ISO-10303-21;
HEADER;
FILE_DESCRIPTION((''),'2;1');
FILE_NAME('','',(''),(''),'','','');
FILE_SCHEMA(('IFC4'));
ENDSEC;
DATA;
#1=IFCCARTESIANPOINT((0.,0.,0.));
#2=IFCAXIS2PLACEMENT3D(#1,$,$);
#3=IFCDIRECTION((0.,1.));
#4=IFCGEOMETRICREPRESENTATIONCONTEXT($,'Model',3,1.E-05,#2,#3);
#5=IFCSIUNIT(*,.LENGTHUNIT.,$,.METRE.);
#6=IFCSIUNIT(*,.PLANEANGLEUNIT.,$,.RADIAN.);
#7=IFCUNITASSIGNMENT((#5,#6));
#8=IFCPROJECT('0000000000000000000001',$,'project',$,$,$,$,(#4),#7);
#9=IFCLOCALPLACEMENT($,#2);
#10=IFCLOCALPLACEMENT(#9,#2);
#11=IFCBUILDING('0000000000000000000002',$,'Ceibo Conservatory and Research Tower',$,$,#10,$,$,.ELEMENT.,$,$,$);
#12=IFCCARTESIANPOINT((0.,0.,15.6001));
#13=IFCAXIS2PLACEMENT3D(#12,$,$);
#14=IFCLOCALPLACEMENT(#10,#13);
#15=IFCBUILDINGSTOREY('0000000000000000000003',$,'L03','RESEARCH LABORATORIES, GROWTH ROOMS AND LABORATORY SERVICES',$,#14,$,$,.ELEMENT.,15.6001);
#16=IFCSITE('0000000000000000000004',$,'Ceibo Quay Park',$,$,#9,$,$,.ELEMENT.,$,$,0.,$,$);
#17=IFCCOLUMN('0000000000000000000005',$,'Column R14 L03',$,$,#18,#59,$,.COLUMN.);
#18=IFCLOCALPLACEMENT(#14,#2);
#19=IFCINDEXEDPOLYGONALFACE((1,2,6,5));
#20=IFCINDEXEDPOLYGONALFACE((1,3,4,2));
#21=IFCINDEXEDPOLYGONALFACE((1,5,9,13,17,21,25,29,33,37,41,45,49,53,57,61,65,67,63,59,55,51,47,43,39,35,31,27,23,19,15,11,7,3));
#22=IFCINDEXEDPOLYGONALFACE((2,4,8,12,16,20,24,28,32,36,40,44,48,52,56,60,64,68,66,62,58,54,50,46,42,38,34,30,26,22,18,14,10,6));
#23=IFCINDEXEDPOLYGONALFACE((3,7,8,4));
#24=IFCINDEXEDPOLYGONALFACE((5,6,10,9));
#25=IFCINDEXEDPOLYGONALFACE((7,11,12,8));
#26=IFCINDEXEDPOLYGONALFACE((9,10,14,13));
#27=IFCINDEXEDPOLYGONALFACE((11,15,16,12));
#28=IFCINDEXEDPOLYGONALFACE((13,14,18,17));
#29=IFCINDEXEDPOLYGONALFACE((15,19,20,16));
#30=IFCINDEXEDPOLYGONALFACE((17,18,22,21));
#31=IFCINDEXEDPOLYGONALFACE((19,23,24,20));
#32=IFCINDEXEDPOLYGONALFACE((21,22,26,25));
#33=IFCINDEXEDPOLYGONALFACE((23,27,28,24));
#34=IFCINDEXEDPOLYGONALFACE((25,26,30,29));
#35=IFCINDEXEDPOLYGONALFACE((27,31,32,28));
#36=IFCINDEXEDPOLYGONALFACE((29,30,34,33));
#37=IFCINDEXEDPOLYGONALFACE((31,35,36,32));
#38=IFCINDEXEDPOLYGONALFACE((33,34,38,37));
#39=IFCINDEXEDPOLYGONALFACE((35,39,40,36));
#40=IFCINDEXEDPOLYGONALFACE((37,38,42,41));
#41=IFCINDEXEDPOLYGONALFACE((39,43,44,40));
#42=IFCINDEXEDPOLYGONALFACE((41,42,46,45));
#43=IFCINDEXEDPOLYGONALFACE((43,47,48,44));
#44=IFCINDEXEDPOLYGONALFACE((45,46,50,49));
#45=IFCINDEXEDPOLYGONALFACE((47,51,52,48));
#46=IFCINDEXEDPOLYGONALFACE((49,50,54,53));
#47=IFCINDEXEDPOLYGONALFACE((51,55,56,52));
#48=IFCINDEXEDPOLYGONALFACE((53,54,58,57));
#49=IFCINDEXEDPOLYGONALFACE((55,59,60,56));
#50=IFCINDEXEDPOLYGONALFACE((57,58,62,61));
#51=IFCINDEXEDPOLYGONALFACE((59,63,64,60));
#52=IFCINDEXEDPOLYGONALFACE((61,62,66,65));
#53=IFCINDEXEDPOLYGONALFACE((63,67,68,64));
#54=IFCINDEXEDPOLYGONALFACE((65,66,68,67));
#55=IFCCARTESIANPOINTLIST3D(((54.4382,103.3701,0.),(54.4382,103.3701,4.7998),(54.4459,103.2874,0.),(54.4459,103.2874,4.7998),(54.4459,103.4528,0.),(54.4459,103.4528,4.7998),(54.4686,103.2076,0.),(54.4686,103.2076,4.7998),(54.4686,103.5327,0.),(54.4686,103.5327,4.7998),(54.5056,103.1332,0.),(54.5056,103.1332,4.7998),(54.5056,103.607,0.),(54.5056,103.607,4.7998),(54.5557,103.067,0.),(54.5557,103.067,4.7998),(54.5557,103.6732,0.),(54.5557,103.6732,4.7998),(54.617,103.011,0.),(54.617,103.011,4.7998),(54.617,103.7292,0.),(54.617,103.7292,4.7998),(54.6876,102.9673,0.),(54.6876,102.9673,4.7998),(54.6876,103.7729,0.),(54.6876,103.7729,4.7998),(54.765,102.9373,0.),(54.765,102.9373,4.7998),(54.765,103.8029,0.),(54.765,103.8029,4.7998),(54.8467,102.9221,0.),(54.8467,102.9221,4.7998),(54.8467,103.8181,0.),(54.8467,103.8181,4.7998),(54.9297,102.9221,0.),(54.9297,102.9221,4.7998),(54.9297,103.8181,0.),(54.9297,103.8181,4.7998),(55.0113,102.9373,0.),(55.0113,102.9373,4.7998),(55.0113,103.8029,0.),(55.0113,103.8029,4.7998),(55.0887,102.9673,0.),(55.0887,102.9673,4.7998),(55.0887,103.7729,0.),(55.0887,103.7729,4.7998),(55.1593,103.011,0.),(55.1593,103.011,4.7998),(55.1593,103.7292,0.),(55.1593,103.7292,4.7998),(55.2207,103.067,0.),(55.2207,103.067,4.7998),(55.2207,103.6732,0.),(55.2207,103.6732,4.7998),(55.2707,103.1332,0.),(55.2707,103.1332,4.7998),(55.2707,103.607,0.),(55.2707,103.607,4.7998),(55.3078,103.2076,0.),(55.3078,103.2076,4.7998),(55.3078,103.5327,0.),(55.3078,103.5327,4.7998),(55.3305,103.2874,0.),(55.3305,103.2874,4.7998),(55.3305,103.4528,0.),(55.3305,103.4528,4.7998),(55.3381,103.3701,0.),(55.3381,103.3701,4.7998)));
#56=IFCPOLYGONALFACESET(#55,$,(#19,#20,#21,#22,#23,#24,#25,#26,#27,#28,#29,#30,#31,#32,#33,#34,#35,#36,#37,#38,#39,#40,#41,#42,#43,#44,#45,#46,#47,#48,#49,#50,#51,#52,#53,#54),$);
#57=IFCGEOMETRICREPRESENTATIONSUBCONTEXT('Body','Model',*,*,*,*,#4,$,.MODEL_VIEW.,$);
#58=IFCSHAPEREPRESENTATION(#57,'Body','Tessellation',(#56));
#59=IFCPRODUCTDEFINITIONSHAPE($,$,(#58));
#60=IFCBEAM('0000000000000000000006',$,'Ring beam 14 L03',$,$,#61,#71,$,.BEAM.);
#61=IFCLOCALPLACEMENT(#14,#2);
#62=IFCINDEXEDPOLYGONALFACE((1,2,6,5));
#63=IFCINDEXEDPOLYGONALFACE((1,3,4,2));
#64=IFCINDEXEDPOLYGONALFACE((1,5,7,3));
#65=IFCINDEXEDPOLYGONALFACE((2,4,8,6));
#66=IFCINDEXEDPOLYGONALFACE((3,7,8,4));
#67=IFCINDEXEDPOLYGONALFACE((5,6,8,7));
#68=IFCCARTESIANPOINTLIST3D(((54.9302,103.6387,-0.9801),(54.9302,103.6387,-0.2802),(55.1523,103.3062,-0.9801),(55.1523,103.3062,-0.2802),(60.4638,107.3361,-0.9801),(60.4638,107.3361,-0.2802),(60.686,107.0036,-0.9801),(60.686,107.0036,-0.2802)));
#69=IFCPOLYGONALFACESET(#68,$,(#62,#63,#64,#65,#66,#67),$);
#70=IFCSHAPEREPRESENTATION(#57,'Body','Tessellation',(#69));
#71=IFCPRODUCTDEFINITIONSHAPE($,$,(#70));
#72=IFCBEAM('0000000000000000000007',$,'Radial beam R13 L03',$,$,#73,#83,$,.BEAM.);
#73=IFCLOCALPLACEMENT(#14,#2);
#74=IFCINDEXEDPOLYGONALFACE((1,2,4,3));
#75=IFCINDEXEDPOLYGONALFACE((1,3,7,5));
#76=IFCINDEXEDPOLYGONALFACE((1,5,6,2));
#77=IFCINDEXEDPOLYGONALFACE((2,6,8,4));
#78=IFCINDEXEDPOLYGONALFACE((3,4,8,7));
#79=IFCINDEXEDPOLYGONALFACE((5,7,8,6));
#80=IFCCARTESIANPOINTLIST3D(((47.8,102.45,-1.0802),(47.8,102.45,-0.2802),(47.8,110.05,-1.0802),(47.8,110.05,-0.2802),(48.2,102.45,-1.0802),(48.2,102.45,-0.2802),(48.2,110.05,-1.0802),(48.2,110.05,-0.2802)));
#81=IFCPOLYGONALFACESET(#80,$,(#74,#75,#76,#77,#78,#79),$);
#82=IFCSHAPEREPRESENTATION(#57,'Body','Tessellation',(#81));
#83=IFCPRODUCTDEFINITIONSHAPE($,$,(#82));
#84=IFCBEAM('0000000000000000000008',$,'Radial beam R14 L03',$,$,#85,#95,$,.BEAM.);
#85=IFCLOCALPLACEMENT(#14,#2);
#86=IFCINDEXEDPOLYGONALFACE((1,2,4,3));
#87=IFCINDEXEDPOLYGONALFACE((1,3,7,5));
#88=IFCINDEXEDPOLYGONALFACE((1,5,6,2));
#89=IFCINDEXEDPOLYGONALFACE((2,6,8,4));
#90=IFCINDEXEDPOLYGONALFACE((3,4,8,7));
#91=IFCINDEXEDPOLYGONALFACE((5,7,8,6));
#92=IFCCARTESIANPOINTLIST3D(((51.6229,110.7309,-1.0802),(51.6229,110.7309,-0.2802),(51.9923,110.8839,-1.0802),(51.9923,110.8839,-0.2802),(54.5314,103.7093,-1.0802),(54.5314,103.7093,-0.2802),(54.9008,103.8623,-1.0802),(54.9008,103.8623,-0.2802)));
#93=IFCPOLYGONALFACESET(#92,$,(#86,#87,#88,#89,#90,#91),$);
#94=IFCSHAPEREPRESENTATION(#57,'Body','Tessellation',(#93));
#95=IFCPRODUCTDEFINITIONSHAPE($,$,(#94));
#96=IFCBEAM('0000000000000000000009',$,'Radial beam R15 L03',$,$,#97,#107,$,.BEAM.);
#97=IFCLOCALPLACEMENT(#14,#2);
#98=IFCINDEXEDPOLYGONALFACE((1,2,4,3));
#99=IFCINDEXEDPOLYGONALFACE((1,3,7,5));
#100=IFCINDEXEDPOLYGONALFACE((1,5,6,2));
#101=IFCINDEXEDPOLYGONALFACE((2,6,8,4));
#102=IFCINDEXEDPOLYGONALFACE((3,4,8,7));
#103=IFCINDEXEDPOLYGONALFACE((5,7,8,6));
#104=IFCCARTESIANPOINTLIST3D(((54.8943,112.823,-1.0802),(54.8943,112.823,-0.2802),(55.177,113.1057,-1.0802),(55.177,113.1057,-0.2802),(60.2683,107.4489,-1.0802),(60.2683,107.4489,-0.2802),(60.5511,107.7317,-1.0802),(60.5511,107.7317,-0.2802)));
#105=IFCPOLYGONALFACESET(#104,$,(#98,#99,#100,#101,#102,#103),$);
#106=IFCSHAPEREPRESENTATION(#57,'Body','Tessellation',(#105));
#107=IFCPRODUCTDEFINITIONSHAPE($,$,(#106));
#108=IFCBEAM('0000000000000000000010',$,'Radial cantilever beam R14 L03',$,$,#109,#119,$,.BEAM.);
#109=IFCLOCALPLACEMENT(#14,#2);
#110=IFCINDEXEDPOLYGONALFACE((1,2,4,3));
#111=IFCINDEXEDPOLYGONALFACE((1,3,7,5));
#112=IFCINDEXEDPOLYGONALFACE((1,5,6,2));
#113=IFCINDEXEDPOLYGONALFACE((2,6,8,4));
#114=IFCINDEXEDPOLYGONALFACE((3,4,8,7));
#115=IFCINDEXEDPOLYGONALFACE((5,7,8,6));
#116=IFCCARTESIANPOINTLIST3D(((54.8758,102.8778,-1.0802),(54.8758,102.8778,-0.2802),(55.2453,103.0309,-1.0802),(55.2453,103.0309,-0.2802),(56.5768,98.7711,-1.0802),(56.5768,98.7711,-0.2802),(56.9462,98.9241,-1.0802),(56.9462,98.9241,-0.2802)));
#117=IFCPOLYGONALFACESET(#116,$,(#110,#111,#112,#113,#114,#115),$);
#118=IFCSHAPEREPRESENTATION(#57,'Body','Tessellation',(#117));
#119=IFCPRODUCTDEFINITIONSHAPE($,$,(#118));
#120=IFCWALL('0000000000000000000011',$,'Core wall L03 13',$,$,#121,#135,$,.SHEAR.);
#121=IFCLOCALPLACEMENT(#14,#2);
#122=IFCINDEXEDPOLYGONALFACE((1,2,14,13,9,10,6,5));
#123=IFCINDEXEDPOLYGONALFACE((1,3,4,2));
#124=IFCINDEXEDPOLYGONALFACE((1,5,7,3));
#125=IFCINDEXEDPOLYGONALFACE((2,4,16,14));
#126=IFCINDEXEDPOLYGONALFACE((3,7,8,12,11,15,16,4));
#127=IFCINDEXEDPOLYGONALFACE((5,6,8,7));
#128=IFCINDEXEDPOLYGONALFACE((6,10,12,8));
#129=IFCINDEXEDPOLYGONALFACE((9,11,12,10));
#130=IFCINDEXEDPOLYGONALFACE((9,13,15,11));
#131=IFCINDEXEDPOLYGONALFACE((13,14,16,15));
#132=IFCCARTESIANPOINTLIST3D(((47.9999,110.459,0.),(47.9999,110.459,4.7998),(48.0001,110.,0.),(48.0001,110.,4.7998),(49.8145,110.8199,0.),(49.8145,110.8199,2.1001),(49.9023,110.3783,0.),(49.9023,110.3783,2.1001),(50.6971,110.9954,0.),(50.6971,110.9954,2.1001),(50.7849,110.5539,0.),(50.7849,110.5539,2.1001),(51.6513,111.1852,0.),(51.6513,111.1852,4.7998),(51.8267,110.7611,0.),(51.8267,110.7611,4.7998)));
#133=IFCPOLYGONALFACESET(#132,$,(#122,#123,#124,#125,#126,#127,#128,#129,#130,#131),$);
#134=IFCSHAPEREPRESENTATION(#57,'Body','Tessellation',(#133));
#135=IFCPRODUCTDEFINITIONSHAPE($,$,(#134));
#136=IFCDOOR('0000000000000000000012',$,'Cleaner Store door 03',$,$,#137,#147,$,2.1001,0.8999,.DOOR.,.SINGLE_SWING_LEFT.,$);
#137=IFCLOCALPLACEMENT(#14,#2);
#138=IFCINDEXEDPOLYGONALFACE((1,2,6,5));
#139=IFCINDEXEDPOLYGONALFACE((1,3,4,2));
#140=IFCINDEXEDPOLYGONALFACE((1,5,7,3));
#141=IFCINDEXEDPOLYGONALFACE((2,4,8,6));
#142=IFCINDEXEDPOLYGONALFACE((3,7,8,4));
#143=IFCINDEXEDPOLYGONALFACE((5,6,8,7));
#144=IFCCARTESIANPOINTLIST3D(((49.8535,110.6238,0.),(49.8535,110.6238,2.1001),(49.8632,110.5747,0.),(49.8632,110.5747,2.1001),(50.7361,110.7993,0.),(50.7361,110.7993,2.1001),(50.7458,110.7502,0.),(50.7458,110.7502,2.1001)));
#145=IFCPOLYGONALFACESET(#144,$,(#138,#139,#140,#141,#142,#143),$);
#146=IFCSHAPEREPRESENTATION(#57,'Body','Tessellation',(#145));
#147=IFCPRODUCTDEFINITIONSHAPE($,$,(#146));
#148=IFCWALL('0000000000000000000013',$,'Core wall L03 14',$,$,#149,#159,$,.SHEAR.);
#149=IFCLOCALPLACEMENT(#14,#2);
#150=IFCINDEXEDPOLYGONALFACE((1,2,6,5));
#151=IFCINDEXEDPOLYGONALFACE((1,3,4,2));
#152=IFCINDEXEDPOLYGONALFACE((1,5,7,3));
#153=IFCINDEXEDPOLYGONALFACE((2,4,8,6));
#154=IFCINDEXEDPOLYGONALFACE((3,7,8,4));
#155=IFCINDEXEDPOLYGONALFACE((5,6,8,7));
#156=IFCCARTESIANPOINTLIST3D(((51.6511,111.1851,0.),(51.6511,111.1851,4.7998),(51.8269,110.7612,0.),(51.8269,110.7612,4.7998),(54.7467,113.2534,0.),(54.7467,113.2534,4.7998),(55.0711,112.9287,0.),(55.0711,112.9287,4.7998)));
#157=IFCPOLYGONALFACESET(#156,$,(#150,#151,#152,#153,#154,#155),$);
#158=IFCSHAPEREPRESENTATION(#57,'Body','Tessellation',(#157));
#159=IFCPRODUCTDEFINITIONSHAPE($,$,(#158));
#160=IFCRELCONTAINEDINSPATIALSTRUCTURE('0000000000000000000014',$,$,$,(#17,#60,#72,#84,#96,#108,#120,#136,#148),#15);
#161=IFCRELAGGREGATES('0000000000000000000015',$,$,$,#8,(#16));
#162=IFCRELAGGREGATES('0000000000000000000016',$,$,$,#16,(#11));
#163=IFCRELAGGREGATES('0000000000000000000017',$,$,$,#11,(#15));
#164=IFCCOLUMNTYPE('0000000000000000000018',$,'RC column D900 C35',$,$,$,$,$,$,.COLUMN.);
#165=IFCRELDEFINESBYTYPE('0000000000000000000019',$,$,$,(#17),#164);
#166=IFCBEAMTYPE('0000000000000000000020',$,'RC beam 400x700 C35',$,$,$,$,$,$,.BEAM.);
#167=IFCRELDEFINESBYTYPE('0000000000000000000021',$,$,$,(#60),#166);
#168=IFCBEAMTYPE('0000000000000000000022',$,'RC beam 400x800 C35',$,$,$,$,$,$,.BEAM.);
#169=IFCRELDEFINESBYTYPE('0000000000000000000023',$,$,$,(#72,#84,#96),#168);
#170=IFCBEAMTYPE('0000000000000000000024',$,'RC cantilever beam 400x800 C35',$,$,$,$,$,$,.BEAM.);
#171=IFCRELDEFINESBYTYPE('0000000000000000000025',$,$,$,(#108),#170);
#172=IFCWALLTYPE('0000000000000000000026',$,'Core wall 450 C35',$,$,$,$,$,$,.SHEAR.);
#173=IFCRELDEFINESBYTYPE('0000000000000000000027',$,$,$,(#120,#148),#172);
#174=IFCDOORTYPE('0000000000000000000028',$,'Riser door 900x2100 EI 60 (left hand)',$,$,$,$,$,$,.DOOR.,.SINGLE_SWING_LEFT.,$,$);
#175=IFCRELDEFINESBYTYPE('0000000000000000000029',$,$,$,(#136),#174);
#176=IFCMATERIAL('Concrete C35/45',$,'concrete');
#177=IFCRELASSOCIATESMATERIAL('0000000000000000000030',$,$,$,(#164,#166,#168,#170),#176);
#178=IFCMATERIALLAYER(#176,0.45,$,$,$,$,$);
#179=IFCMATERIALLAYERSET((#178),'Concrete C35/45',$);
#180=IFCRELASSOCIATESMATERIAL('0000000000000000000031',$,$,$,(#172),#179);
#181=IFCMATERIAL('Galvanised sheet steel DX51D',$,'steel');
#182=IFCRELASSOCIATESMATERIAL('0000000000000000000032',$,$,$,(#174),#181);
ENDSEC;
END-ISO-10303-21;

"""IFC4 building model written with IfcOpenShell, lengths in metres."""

from ifc_helpers import new_model, si_unit, direction, frame, frame_2d, origin, origin_2d, place, context, subcontext, project, spatial, polyline, rectangle, circle, outline, extrude, material, layer, layer_set, material_profile, profile_set, type_object, element, fill, save


model = new_model("IFC4")

# Units and contexts
model_context = context("Model", 3, precision=1e-05, world=origin(), true_north=direction((0.0, 1.0)))
body_context = subcontext(model_context, "Body", "Model", "MODEL_VIEW")
ifc_project = project(units=[si_unit("LENGTHUNIT", "METRE"), si_unit("PLANEANGLEUNIT", "RADIAN")], contexts=[model_context])

# Site, building, storey
site_placement = place(None, origin())
site = spatial("IfcSite", under=ifc_project, at=site_placement, Name="Ceibo Quay Park", CompositionType="ELEMENT", RefElevation=0.0)
building_placement = place(site_placement, origin())
building = spatial("IfcBuilding", under=site, at=building_placement, Name="Ceibo Conservatory and Research Tower", CompositionType="ELEMENT")
storey_placement = place(building_placement, frame((0.0, 0.0, 15.6001)))
storey = spatial("IfcBuildingStorey", under=building, at=storey_placement, Name="L03", Description="RESEARCH LABORATORIES, GROWTH ROOMS AND LABORATORY SERVICES", CompositionType="ELEMENT", Elevation=15.6001)

# Column
ifc_material_1 = material(Name="Concrete C35/45", Category="concrete")
ifc_material_profile_1 = material_profile(ifc_material_1, circle(Radius=0.45, at=origin_2d()), Name="RC D900")
ifc_profile_set_1 = profile_set([ifc_material_profile_1], Name="Concrete C35/45")
column_type = type_object("IfcColumnType", Name="RC column D900 C35", PredefinedType="COLUMN", material=ifc_profile_set_1)
column_placement = place(storey_placement, frame((54.8882, 103.3701, 0.0), z_axis=(0.0, 0.0, 1.0), x_axis=(1.0, 0.0, 0.0)))
element("IfcColumn", 1, at=column_placement, inside=storey, type_object=column_type, Name="Column R14 L03", PredefinedType="COLUMN", context=body_context, shape_type="SweptSolid", body=[
    extrude(circle(Radius=0.45, at=origin_2d()), origin(), (0.0, 0.0, 1.0), 4.7998),
])

# Beams
ifc_material_profile_2 = material_profile(ifc_material_1, rectangle(XDim=0.3999, YDim=0.7, at=origin_2d()), Name="RC 400x700")
ifc_profile_set_2 = profile_set([ifc_material_profile_2], Name="Concrete C35/45")
beam_type_1 = type_object("IfcBeamType", Name="RC beam 400x700 C35", PredefinedType="BEAM", material=ifc_profile_set_2)
beam_1_placement = place(storey_placement, frame((55.0413, 103.4724, -0.6301), z_axis=(0.831469, 0.555572, 0.0), x_axis=(-0.555572, 0.831469, 0.0)))
element("IfcBeam", 2, at=beam_1_placement, inside=storey, type_object=beam_type_1, Name="Ring beam 14 L03", PredefinedType="BEAM", context=body_context, shape_type="SweptSolid", body=[
    extrude(rectangle(XDim=0.3999, YDim=0.7, at=origin_2d()), origin(), (0.0, 0.0, 1.0), 6.6553),
])
ifc_material_profile_3 = material_profile(ifc_material_1, rectangle(XDim=0.3999, YDim=0.8, at=origin_2d()), Name="RC 400x800")
ifc_profile_set_3 = profile_set([ifc_material_profile_3], Name="Concrete C35/45")
beam_type_2 = type_object("IfcBeamType", Name="RC beam 400x800 C35", PredefinedType="BEAM", material=ifc_profile_set_3)
for number, where, z_axis, x_axis, name in (
    (3, (48.0, 110.05, -0.6802), (0.0, -1.0, 0.0), (1.0, 0.0, 0.0), "Radial beam R13 L03"),
    (4, (51.8076, 110.8074, -0.6802), (0.382689, -0.923877, 0.0), (0.923877, 0.382689, 0.0), "Radial beam R14 L03"),
    (5, (55.0356, 112.9644, -0.6802), (0.707107, -0.707107, 0.0), (0.707107, 0.707107, 0.0), "Radial beam R15 L03"),
):
    element("IfcBeam", number, at=place(storey_placement, frame(where, z_axis=z_axis, x_axis=x_axis)), inside=storey, type_object=beam_type_2, Name=name, PredefinedType="BEAM", context=body_context, shape_type="SweptSolid", body=[
        extrude(rectangle(XDim=0.3999, YDim=0.8, at=origin_2d()), origin(), (0.0, 0.0, 1.0), 7.6001),
    ])
ifc_material_profile_4 = material_profile(ifc_material_1, rectangle(XDim=0.3999, YDim=0.8, at=origin_2d()), Name="RC 400x800")
ifc_profile_set_4 = profile_set([ifc_material_profile_4], Name="Concrete C35/45")
beam_type_3 = type_object("IfcBeamType", Name="RC cantilever beam 400x800 C35", PredefinedType="BEAM", material=ifc_profile_set_4)
beam_2_placement = place(storey_placement, frame((55.0605, 102.9543, -0.6802), z_axis=(0.382661, -0.923889, 0.0), x_axis=(0.923889, 0.382661, 0.0)))
element("IfcBeam", 6, at=beam_2_placement, inside=storey, type_object=beam_type_3, Name="Radial cantilever beam R14 L03", PredefinedType="BEAM", context=body_context, shape_type="SweptSolid", body=[
    extrude(rectangle(XDim=0.3999, YDim=0.8, at=origin_2d()), origin(), (0.0, 0.0, 1.0), 4.4451),
])

# Wall, opening, door
ifc_layer_1 = layer(ifc_material_1, 0.45)
ifc_layer_set_1 = layer_set([ifc_layer_1], Name="Concrete C35/45")
wall_type_1 = type_object("IfcWallType", Name="Core wall 450 C35", PredefinedType="SHEAR", material=ifc_layer_set_1)
wall_1_placement = place(storey_placement, frame((48.0, 110.2295, 0.0), z_axis=(0.0, 0.0, 1.0), x_axis=(0.980789, 0.195069, 0.0)))
wall_1 = element("IfcWall", 7, at=wall_1_placement, inside=storey, type_object=wall_type_1, Name="Core wall L03 13", PredefinedType="SHEAR", context=body_context, shape_type="SweptSolid", body=[
    extrude(outline(polyline([(-0.0447, -0.2251), (3.8569, -0.2251), (3.7676, 0.2251), (0.0447, 0.2251), (-0.0447, -0.2251)])), origin(), (0.0, 0.0, 1.0), 4.7998),
])
opening_1_placement = place(wall_1_placement, frame((1.8948, 0.0, 0.0)))
opening_1 = element("IfcOpeningElement", 8, at=opening_1_placement, cuts=wall_1, PredefinedType="OPENING", context=body_context, shape_type="SweptSolid", body=[
    extrude(rectangle(XDim=0.8999, YDim=2.1001, at=frame_2d((0.45, 1.05))), frame((0.0, 0.2349, 0.0), z_axis=(0.0, -1.0, 0.0), x_axis=(1.0, 0.0, 0.0)), (0.0, 0.0, 1.0), 0.47),
])
ifc_material_2 = material(Name="Galvanised sheet steel DX51D", Category="steel")
door_type_1 = type_object("IfcDoorType", Name="Riser door 900x2100 EI 60 (left hand)", OperationType="SINGLE_SWING_LEFT", PredefinedType="DOOR", material=ifc_material_2)
door_1_placement = place(opening_1_placement, frame((0.8999, 0.0, 0.0), z_axis=(0.0, 0.0, 1.0), x_axis=(-1.0, 0.0, 0.0)))
door_1 = element("IfcDoor", 9, at=door_1_placement, inside=storey, type_object=door_type_1, Name="Cleaner Store door 03", OperationType="SINGLE_SWING_LEFT", OverallHeight=2.1001, OverallWidth=0.8999, PredefinedType="DOOR", context=body_context, shape_type="SweptSolid", body=[
    extrude(rectangle(XDim=0.8999, YDim=2.1001, at=frame_2d((0.45, 1.05))), frame((0.0, 0.0249, 0.0), z_axis=(0.0, -1.0, 0.0), x_axis=(1.0, 0.0, 0.0)), (0.0, 0.0, 1.0), 0.05),
])
fill(opening_1, door_1)

# Wall
wall_2_placement = place(storey_placement, frame((51.739, 110.9731, 0.0), z_axis=(0.0, 0.0, 1.0), x_axis=(0.831488, 0.555542, 0.0)))
element("IfcWall", 10, at=wall_2_placement, inside=storey, type_object=wall_type_1, Name="Core wall L03 14", PredefinedType="SHEAR", context=body_context, shape_type="SweptSolid", body=[
    extrude(outline(polyline([(-0.0447, -0.2251), (3.8569, -0.2251), (3.7676, 0.2251), (0.0447, 0.2251), (-0.0447, -0.2251)])), origin(), (0.0, 0.0, 1.0), 4.7998),
])

save(model, "model.ifc")
